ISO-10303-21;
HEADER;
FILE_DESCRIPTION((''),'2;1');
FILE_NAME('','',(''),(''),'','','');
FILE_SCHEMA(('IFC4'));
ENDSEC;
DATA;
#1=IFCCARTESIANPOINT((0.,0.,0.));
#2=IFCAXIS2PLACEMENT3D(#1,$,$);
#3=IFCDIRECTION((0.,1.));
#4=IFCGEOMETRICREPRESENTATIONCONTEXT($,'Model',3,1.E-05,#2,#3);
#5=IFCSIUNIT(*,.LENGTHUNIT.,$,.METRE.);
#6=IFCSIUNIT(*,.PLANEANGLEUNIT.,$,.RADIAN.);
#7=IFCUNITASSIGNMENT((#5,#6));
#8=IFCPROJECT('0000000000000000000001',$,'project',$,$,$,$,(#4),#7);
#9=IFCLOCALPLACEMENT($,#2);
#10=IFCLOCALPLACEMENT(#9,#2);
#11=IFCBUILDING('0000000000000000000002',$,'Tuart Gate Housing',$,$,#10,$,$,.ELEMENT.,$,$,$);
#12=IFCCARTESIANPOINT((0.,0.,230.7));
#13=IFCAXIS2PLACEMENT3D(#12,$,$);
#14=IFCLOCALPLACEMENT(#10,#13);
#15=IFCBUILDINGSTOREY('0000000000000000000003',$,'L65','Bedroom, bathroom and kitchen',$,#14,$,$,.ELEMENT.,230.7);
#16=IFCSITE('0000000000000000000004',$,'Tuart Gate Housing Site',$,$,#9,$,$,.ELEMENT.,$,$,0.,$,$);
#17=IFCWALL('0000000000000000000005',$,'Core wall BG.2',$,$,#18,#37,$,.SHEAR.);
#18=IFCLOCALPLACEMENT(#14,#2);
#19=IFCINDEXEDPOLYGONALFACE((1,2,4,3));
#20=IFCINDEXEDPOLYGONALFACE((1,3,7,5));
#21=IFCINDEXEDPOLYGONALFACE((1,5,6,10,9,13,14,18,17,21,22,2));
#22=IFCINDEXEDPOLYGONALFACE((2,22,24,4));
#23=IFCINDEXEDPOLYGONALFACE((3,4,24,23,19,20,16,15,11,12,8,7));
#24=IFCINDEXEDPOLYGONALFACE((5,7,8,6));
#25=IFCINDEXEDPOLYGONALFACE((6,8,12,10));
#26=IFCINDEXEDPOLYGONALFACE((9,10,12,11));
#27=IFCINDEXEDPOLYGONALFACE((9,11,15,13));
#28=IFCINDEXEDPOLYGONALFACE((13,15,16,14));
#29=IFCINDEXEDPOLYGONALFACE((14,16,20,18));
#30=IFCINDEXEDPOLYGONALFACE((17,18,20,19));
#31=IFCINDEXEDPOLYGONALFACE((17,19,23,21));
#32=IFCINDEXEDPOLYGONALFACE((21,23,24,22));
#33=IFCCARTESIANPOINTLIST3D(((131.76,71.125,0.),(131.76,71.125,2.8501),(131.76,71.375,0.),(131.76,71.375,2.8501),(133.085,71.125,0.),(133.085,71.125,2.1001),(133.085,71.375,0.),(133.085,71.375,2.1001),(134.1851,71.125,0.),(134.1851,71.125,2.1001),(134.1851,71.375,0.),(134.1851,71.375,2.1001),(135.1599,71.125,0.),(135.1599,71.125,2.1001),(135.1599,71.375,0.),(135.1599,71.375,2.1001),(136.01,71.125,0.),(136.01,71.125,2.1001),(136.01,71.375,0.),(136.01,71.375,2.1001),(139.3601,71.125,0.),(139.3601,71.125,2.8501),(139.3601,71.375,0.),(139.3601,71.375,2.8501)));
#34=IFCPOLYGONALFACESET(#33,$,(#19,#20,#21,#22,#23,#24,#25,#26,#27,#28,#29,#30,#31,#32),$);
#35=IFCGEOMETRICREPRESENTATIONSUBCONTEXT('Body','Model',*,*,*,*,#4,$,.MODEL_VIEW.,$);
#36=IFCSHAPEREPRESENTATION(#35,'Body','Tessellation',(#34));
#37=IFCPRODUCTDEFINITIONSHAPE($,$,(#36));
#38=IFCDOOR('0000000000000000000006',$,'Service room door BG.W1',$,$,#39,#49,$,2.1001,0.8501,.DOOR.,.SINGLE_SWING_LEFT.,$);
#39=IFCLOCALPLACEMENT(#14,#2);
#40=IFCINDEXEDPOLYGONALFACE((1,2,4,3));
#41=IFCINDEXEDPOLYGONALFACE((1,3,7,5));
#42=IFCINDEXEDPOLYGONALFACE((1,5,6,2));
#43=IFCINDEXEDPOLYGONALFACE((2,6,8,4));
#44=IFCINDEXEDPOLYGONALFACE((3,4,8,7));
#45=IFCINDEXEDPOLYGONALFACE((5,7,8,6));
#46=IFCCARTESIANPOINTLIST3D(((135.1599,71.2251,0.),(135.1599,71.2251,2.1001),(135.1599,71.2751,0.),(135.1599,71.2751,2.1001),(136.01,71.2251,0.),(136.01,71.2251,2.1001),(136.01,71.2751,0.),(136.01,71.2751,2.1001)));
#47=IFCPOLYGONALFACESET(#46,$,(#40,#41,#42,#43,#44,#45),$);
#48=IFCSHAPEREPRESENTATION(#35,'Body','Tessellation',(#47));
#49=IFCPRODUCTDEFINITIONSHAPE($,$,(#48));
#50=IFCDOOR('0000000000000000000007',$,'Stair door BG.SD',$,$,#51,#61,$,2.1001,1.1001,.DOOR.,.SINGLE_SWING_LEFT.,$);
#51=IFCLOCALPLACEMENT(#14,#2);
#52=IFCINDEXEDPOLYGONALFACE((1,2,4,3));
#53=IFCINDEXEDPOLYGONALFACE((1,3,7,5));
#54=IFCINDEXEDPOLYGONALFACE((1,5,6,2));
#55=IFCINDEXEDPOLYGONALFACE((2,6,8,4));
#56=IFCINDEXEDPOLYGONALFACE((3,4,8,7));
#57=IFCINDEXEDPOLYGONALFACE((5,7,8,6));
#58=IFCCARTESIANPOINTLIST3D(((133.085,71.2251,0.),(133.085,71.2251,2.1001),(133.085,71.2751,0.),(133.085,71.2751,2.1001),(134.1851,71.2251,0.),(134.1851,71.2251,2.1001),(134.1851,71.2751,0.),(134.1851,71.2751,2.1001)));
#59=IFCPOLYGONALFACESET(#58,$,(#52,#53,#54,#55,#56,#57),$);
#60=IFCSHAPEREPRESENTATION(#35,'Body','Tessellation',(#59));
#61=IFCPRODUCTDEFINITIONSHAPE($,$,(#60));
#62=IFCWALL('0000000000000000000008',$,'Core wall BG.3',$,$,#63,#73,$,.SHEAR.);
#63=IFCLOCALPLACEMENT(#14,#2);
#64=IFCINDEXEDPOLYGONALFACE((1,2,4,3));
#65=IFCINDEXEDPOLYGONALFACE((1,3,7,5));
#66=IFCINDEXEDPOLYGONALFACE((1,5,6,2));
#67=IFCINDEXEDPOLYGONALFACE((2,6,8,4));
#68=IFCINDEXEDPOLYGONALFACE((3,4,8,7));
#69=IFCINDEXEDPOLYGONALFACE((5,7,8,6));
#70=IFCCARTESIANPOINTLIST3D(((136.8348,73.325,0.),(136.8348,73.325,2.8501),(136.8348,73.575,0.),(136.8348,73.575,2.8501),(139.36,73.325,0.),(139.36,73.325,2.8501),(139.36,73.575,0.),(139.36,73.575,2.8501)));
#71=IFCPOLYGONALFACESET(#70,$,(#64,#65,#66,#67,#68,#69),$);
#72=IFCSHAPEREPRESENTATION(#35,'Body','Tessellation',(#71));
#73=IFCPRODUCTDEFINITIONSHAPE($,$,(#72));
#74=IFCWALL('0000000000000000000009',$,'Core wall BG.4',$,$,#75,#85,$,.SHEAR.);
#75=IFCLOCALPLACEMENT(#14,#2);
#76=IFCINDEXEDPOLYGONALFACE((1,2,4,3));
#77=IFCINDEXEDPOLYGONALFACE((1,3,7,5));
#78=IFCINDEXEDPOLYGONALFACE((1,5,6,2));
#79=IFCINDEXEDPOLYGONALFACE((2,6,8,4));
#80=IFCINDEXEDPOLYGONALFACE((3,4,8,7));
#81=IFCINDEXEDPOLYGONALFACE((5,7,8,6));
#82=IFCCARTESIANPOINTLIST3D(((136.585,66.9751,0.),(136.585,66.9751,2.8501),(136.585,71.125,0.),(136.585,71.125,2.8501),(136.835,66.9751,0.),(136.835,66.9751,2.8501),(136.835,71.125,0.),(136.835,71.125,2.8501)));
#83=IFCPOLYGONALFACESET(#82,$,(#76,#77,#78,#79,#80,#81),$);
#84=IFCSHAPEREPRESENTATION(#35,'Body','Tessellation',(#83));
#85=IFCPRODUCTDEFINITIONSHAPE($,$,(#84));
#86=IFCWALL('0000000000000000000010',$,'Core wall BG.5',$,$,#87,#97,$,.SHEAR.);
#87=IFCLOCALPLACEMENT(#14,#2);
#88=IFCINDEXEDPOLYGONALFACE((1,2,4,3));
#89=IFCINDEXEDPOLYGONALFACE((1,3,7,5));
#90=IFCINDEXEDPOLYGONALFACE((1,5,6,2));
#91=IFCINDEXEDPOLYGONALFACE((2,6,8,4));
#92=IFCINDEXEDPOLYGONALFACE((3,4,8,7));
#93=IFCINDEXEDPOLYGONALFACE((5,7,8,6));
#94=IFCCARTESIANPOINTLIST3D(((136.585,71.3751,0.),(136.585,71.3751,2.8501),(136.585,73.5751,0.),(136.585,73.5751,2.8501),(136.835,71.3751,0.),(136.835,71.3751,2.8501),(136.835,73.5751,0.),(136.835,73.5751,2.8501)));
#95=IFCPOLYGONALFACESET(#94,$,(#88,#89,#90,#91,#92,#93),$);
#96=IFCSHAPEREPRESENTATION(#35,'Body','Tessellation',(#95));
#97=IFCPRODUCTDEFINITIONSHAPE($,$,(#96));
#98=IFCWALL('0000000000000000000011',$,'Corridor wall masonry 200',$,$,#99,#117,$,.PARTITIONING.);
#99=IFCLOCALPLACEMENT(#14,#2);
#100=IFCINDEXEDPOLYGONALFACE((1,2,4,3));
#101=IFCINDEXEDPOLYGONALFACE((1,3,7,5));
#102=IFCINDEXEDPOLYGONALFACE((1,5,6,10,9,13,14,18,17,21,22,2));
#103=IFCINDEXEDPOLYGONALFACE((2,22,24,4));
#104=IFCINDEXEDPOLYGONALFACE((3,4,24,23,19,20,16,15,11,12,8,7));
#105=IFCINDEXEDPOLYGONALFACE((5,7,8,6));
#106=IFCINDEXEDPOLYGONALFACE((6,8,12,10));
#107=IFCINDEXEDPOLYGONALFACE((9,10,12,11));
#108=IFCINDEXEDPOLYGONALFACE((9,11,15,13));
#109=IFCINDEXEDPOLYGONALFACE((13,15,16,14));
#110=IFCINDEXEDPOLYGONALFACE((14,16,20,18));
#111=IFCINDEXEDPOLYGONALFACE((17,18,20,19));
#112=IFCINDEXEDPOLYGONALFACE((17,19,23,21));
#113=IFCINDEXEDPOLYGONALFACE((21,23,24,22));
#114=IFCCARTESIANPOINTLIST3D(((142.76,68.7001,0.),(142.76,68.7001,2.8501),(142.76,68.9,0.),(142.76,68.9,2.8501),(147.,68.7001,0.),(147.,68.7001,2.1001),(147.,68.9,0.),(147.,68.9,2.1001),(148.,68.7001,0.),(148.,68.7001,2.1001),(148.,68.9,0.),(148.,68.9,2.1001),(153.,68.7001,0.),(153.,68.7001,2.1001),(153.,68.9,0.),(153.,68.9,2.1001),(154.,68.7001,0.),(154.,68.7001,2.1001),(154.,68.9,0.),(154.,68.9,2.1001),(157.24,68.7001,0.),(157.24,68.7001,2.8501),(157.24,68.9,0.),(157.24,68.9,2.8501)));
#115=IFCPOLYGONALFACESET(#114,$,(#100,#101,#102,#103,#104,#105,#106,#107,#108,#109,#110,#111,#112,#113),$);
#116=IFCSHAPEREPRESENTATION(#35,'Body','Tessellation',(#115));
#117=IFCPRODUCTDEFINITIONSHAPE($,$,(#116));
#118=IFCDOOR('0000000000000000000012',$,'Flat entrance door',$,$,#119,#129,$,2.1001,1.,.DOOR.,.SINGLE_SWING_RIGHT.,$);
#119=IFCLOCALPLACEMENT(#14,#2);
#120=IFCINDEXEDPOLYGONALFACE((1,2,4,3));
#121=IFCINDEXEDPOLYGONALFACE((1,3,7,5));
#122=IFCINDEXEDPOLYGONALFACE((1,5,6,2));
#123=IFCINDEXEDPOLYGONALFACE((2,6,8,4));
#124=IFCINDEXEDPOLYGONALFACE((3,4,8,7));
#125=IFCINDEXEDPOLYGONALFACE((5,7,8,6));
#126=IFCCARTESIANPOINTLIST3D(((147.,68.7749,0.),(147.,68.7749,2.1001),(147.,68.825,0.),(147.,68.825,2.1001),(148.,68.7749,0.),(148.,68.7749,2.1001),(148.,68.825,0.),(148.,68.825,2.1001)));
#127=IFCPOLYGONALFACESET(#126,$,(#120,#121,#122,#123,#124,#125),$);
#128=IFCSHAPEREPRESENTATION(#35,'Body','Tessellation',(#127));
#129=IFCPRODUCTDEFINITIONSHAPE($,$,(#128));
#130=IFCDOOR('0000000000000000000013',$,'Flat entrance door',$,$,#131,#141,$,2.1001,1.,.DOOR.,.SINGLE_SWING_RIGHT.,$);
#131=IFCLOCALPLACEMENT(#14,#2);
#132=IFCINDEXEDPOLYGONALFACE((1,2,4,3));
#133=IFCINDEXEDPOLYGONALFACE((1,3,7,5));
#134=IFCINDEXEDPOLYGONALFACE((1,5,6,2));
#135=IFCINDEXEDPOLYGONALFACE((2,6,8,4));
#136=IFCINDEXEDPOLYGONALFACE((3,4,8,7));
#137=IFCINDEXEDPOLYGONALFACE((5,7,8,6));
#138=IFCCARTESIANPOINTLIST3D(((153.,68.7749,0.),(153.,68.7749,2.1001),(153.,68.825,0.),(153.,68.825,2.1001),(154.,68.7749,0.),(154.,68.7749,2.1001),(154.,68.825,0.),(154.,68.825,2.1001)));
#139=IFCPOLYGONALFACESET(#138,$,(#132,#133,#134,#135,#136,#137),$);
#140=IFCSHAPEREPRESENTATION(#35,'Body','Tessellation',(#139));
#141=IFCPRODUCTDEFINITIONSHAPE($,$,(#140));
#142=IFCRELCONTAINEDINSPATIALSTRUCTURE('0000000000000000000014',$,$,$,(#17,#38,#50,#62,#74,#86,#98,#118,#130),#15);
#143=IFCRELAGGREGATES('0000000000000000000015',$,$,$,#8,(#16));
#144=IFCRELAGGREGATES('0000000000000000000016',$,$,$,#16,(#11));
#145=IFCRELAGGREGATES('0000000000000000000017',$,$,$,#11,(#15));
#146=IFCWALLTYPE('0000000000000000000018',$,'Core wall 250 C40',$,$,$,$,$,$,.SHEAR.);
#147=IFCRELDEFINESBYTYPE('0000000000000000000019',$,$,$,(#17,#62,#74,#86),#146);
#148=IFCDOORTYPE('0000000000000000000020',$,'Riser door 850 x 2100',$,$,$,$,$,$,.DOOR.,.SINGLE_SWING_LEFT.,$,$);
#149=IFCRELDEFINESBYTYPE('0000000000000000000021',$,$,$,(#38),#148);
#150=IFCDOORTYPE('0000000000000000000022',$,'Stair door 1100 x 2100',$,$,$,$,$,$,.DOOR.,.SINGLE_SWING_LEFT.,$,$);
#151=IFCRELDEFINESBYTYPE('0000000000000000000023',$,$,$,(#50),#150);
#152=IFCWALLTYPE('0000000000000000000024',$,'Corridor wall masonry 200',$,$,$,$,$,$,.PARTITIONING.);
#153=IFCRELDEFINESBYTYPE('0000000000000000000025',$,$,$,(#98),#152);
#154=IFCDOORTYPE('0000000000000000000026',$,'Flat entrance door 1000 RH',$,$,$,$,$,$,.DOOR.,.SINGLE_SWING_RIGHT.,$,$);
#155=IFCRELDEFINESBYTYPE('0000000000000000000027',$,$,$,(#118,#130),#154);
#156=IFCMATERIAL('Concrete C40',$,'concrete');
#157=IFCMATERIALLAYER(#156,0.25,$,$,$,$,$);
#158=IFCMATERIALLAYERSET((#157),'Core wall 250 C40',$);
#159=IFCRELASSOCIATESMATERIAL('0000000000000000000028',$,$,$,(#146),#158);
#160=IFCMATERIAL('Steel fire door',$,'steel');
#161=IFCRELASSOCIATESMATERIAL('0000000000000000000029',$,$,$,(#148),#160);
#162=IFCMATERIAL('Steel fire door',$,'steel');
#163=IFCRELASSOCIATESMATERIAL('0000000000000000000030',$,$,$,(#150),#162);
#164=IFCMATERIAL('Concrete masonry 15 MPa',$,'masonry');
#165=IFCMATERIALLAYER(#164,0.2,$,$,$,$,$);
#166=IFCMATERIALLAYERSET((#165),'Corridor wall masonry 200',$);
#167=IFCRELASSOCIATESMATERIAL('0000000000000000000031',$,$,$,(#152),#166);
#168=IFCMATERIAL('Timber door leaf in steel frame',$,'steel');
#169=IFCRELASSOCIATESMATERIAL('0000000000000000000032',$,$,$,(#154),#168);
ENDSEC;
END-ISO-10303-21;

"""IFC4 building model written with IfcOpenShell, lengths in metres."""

from ifc_helpers import new_model, si_unit, direction, frame, frame_2d, origin, place, context, subcontext, project, spatial, rectangle, extrude, material, layer, layer_set, type_object, element, fill, save


model = new_model("IFC4")

# Units and contexts
model_context = context("Model", 3, precision=1e-05, world=origin(), true_north=direction((0.0, 1.0)))
body_context = subcontext(model_context, "Body", "Model", "MODEL_VIEW")
ifc_project = project(units=[si_unit("LENGTHUNIT", "METRE"), si_unit("PLANEANGLEUNIT", "RADIAN")], contexts=[model_context])

# Site, building, storey
site_placement = place(None, origin())
site = spatial("IfcSite", under=ifc_project, at=site_placement, Name="Tuart Gate Housing Site", CompositionType="ELEMENT", RefElevation=0.0)
building_placement = place(site_placement, origin())
building = spatial("IfcBuilding", under=site, at=building_placement, Name="Tuart Gate Housing", CompositionType="ELEMENT")
storey_placement = place(building_placement, frame((0.0, 0.0, 230.7)))
storey = spatial("IfcBuildingStorey", under=building, at=storey_placement, Name="L65", Description="Bedroom, bathroom and kitchen", CompositionType="ELEMENT", Elevation=230.7)

# Wall, openings, doors
ifc_material_1 = material(Name="Concrete C40", Category="concrete")
ifc_layer_1 = layer(ifc_material_1, 0.25)
ifc_layer_set_1 = layer_set([ifc_layer_1], Name="Core wall 250 C40")
wall_type_1 = type_object("IfcWallType", Name="Core wall 250 C40", PredefinedType="SHEAR", material=ifc_layer_set_1)
wall_1_placement = place(storey_placement, frame((139.3601, 71.25, 0.0), z_axis=(0.0, 0.0, 1.0), x_axis=(-1.0, 0.0, 0.0)))
wall_1 = element("IfcWall", 1, at=wall_1_placement, inside=storey, type_object=wall_type_1, Name="Core wall BG.2", PredefinedType="SHEAR", context=body_context, shape_type="SweptSolid", body=[
    extrude(rectangle(XDim=7.6001, YDim=0.25, at=frame_2d((3.8, 0.0))), origin(), (0.0, 0.0, 1.0), 2.8501),
])
opening_1_placement = place(wall_1_placement, frame((5.175, 0.0, 0.0)))
opening_1 = element("IfcOpeningElement", 2, at=opening_1_placement, cuts=wall_1, PredefinedType="OPENING", context=body_context, shape_type="SweptSolid", body=[
    extrude(rectangle(XDim=1.1001, YDim=2.1001, at=frame_2d((0.55, 1.05))), frame((0.0, 0.135, 0.0), z_axis=(0.0, -1.0, 0.0), x_axis=(1.0, 0.0, 0.0)), (0.0, 0.0, 1.0), 0.27),
])
opening_2_placement = place(wall_1_placement, frame((3.3501, 0.0, 0.0)))
opening_2 = element("IfcOpeningElement", 3, at=opening_2_placement, cuts=wall_1, PredefinedType="OPENING", context=body_context, shape_type="SweptSolid", body=[
    extrude(rectangle(XDim=0.8501, YDim=2.1001, at=frame_2d((0.425, 1.05))), frame((0.0, 0.135, 0.0), z_axis=(0.0, -1.0, 0.0), x_axis=(1.0, 0.0, 0.0)), (0.0, 0.0, 1.0), 0.27),
])
ifc_material_2 = material(Name="Steel fire door", Category="steel")
door_type_1 = type_object("IfcDoorType", Name="Riser door 850 x 2100", OperationType="SINGLE_SWING_LEFT", PredefinedType="DOOR", material=ifc_material_2)
door_1_placement = place(opening_2_placement, origin())
door_1 = element("IfcDoor", 4, at=door_1_placement, inside=storey, type_object=door_type_1, Name="Service room door BG.W1", OperationType="SINGLE_SWING_LEFT", OverallHeight=2.1001, OverallWidth=0.8501, PredefinedType="DOOR", context=body_context, shape_type="SweptSolid", body=[
    extrude(rectangle(XDim=0.8501, YDim=2.1001, at=frame_2d((0.425, 1.05))), frame((0.0, 0.0249, 0.0), z_axis=(0.0, -1.0, 0.0), x_axis=(1.0, 0.0, 0.0)), (0.0, 0.0, 1.0), 0.05),
])
fill(opening_2, door_1)
ifc_material_3 = material(Name="Steel fire door", Category="steel")
door_type_2 = type_object("IfcDoorType", Name="Stair door 1100 x 2100", OperationType="SINGLE_SWING_LEFT", PredefinedType="DOOR", material=ifc_material_3)
door_2_placement = place(opening_1_placement, origin())
door_2 = element("IfcDoor", 5, at=door_2_placement, inside=storey, type_object=door_type_2, Name="Stair door BG.SD", OperationType="SINGLE_SWING_LEFT", OverallHeight=2.1001, OverallWidth=1.1001, PredefinedType="DOOR", context=body_context, shape_type="SweptSolid", body=[
    extrude(rectangle(XDim=1.1001, YDim=2.1001, at=frame_2d((0.55, 1.05))), frame((0.0, 0.0249, 0.0), z_axis=(0.0, -1.0, 0.0), x_axis=(1.0, 0.0, 0.0)), (0.0, 0.0, 1.0), 0.05),
])
fill(opening_1, door_2)

# Walls
wall_2_placement = place(storey_placement, frame((139.3601, 73.45, 0.0), z_axis=(0.0, 0.0, 1.0), x_axis=(-1.0, 0.0, 0.0)))
element("IfcWall", 6, at=wall_2_placement, inside=storey, type_object=wall_type_1, Name="Core wall BG.3", PredefinedType="SHEAR", context=body_context, shape_type="SweptSolid", body=[
    extrude(rectangle(XDim=2.5251, YDim=0.25, at=frame_2d((1.2627, 0.0))), origin(), (0.0, 0.0, 1.0), 2.8501),
])
wall_3_placement = place(storey_placement, frame((136.71, 66.9751, 0.0), z_axis=(0.0, 0.0, 1.0), x_axis=(0.0, 1.0, 0.0)))
element("IfcWall", 7, at=wall_3_placement, inside=storey, type_object=wall_type_1, Name="Core wall BG.4", PredefinedType="SHEAR", context=body_context, shape_type="SweptSolid", body=[
    extrude(rectangle(XDim=4.1499, YDim=0.25, at=frame_2d((2.075, 0.0))), origin(), (0.0, 0.0, 1.0), 2.8501),
])
wall_4_placement = place(storey_placement, frame((136.71, 71.375, 0.0), z_axis=(0.0, 0.0, 1.0), x_axis=(0.0, 1.0, 0.0)))
element("IfcWall", 8, at=wall_4_placement, inside=storey, type_object=wall_type_1, Name="Core wall BG.5", PredefinedType="SHEAR", context=body_context, shape_type="SweptSolid", body=[
    extrude(rectangle(XDim=2.2, YDim=0.25, at=frame_2d((1.1001, 0.0))), origin(), (0.0, 0.0, 1.0), 2.8501),
])

# Wall, openings, doors
ifc_material_4 = material(Name="Concrete masonry 15 MPa", Category="masonry")
ifc_layer_2 = layer(ifc_material_4, 0.2)
ifc_layer_set_2 = layer_set([ifc_layer_2], Name="Corridor wall masonry 200")
wall_type_2 = type_object("IfcWallType", Name="Corridor wall masonry 200", PredefinedType="PARTITIONING", material=ifc_layer_set_2)
wall_5_placement = place(storey_placement, frame((142.76, 68.8, 0.0), z_axis=(0.0, 0.0, 1.0), x_axis=(1.0, 0.0, 0.0)))
wall_5 = element("IfcWall", 9, at=wall_5_placement, inside=storey, type_object=wall_type_2, Name="Corridor wall masonry 200", PredefinedType="PARTITIONING", context=body_context, shape_type="SweptSolid", body=[
    extrude(rectangle(XDim=14.48, YDim=0.2, at=frame_2d((7.24, 0.0))), origin(), (0.0, 0.0, 1.0), 2.8501),
])
opening_3_placement = place(wall_5_placement, frame((4.24, 0.0, 0.0)))
opening_3 = element("IfcOpeningElement", 10, at=opening_3_placement, cuts=wall_5, PredefinedType="OPENING", context=body_context, shape_type="SweptSolid", body=[
    extrude(rectangle(XDim=1.0, YDim=2.1001, at=frame_2d((0.5, 1.05))), frame((0.0, 0.1099, 0.0), z_axis=(0.0, -1.0, 0.0), x_axis=(1.0, 0.0, 0.0)), (0.0, 0.0, 1.0), 0.22),
])
opening_4_placement = place(wall_5_placement, frame((10.24, 0.0, 0.0)))
opening_4 = element("IfcOpeningElement", 11, at=opening_4_placement, cuts=wall_5, PredefinedType="OPENING", context=body_context, shape_type="SweptSolid", body=[
    extrude(rectangle(XDim=1.0, YDim=2.1001, at=frame_2d((0.5, 1.05))), frame((0.0, 0.1099, 0.0), z_axis=(0.0, -1.0, 0.0), x_axis=(1.0, 0.0, 0.0)), (0.0, 0.0, 1.0), 0.22),
])
ifc_material_5 = material(Name="Timber door leaf in steel frame", Category="steel")
door_type_3 = type_object("IfcDoorType", Name="Flat entrance door 1000 RH", OperationType="SINGLE_SWING_RIGHT", PredefinedType="DOOR", material=ifc_material_5)
door_3_placement = place(opening_3_placement, frame((1.0, 0.0, 0.0), z_axis=(0.0, 0.0, 1.0), x_axis=(-1.0, 0.0, 0.0)))
door_3 = element("IfcDoor", 12, at=door_3_placement, inside=storey, type_object=door_type_3, Name="Flat entrance door", OperationType="SINGLE_SWING_RIGHT", OverallHeight=2.1001, OverallWidth=1.0, PredefinedType="DOOR", context=body_context, shape_type="SweptSolid", body=[
    extrude(rectangle(XDim=1.0, YDim=2.1001, at=frame_2d((0.5, 1.05))), frame((0.0, 0.0251, 0.0), z_axis=(0.0, -1.0, 0.0), x_axis=(1.0, 0.0, 0.0)), (0.0, 0.0, 1.0), 0.05),
])
fill(opening_3, door_3)
door_4_placement = place(opening_4_placement, frame((1.0, 0.0, 0.0), z_axis=(0.0, 0.0, 1.0), x_axis=(-1.0, 0.0, 0.0)))
door_4 = element("IfcDoor", 13, at=door_4_placement, inside=storey, type_object=door_type_3, Name="Flat entrance door", OperationType="SINGLE_SWING_RIGHT", OverallHeight=2.1001, OverallWidth=1.0, PredefinedType="DOOR", context=body_context, shape_type="SweptSolid", body=[
    extrude(rectangle(XDim=1.0, YDim=2.1001, at=frame_2d((0.5, 1.05))), frame((0.0, 0.0251, 0.0), z_axis=(0.0, -1.0, 0.0), x_axis=(1.0, 0.0, 0.0)), (0.0, 0.0, 1.0), 0.05),
])
fill(opening_4, door_4)

save(model, "model.ifc")
